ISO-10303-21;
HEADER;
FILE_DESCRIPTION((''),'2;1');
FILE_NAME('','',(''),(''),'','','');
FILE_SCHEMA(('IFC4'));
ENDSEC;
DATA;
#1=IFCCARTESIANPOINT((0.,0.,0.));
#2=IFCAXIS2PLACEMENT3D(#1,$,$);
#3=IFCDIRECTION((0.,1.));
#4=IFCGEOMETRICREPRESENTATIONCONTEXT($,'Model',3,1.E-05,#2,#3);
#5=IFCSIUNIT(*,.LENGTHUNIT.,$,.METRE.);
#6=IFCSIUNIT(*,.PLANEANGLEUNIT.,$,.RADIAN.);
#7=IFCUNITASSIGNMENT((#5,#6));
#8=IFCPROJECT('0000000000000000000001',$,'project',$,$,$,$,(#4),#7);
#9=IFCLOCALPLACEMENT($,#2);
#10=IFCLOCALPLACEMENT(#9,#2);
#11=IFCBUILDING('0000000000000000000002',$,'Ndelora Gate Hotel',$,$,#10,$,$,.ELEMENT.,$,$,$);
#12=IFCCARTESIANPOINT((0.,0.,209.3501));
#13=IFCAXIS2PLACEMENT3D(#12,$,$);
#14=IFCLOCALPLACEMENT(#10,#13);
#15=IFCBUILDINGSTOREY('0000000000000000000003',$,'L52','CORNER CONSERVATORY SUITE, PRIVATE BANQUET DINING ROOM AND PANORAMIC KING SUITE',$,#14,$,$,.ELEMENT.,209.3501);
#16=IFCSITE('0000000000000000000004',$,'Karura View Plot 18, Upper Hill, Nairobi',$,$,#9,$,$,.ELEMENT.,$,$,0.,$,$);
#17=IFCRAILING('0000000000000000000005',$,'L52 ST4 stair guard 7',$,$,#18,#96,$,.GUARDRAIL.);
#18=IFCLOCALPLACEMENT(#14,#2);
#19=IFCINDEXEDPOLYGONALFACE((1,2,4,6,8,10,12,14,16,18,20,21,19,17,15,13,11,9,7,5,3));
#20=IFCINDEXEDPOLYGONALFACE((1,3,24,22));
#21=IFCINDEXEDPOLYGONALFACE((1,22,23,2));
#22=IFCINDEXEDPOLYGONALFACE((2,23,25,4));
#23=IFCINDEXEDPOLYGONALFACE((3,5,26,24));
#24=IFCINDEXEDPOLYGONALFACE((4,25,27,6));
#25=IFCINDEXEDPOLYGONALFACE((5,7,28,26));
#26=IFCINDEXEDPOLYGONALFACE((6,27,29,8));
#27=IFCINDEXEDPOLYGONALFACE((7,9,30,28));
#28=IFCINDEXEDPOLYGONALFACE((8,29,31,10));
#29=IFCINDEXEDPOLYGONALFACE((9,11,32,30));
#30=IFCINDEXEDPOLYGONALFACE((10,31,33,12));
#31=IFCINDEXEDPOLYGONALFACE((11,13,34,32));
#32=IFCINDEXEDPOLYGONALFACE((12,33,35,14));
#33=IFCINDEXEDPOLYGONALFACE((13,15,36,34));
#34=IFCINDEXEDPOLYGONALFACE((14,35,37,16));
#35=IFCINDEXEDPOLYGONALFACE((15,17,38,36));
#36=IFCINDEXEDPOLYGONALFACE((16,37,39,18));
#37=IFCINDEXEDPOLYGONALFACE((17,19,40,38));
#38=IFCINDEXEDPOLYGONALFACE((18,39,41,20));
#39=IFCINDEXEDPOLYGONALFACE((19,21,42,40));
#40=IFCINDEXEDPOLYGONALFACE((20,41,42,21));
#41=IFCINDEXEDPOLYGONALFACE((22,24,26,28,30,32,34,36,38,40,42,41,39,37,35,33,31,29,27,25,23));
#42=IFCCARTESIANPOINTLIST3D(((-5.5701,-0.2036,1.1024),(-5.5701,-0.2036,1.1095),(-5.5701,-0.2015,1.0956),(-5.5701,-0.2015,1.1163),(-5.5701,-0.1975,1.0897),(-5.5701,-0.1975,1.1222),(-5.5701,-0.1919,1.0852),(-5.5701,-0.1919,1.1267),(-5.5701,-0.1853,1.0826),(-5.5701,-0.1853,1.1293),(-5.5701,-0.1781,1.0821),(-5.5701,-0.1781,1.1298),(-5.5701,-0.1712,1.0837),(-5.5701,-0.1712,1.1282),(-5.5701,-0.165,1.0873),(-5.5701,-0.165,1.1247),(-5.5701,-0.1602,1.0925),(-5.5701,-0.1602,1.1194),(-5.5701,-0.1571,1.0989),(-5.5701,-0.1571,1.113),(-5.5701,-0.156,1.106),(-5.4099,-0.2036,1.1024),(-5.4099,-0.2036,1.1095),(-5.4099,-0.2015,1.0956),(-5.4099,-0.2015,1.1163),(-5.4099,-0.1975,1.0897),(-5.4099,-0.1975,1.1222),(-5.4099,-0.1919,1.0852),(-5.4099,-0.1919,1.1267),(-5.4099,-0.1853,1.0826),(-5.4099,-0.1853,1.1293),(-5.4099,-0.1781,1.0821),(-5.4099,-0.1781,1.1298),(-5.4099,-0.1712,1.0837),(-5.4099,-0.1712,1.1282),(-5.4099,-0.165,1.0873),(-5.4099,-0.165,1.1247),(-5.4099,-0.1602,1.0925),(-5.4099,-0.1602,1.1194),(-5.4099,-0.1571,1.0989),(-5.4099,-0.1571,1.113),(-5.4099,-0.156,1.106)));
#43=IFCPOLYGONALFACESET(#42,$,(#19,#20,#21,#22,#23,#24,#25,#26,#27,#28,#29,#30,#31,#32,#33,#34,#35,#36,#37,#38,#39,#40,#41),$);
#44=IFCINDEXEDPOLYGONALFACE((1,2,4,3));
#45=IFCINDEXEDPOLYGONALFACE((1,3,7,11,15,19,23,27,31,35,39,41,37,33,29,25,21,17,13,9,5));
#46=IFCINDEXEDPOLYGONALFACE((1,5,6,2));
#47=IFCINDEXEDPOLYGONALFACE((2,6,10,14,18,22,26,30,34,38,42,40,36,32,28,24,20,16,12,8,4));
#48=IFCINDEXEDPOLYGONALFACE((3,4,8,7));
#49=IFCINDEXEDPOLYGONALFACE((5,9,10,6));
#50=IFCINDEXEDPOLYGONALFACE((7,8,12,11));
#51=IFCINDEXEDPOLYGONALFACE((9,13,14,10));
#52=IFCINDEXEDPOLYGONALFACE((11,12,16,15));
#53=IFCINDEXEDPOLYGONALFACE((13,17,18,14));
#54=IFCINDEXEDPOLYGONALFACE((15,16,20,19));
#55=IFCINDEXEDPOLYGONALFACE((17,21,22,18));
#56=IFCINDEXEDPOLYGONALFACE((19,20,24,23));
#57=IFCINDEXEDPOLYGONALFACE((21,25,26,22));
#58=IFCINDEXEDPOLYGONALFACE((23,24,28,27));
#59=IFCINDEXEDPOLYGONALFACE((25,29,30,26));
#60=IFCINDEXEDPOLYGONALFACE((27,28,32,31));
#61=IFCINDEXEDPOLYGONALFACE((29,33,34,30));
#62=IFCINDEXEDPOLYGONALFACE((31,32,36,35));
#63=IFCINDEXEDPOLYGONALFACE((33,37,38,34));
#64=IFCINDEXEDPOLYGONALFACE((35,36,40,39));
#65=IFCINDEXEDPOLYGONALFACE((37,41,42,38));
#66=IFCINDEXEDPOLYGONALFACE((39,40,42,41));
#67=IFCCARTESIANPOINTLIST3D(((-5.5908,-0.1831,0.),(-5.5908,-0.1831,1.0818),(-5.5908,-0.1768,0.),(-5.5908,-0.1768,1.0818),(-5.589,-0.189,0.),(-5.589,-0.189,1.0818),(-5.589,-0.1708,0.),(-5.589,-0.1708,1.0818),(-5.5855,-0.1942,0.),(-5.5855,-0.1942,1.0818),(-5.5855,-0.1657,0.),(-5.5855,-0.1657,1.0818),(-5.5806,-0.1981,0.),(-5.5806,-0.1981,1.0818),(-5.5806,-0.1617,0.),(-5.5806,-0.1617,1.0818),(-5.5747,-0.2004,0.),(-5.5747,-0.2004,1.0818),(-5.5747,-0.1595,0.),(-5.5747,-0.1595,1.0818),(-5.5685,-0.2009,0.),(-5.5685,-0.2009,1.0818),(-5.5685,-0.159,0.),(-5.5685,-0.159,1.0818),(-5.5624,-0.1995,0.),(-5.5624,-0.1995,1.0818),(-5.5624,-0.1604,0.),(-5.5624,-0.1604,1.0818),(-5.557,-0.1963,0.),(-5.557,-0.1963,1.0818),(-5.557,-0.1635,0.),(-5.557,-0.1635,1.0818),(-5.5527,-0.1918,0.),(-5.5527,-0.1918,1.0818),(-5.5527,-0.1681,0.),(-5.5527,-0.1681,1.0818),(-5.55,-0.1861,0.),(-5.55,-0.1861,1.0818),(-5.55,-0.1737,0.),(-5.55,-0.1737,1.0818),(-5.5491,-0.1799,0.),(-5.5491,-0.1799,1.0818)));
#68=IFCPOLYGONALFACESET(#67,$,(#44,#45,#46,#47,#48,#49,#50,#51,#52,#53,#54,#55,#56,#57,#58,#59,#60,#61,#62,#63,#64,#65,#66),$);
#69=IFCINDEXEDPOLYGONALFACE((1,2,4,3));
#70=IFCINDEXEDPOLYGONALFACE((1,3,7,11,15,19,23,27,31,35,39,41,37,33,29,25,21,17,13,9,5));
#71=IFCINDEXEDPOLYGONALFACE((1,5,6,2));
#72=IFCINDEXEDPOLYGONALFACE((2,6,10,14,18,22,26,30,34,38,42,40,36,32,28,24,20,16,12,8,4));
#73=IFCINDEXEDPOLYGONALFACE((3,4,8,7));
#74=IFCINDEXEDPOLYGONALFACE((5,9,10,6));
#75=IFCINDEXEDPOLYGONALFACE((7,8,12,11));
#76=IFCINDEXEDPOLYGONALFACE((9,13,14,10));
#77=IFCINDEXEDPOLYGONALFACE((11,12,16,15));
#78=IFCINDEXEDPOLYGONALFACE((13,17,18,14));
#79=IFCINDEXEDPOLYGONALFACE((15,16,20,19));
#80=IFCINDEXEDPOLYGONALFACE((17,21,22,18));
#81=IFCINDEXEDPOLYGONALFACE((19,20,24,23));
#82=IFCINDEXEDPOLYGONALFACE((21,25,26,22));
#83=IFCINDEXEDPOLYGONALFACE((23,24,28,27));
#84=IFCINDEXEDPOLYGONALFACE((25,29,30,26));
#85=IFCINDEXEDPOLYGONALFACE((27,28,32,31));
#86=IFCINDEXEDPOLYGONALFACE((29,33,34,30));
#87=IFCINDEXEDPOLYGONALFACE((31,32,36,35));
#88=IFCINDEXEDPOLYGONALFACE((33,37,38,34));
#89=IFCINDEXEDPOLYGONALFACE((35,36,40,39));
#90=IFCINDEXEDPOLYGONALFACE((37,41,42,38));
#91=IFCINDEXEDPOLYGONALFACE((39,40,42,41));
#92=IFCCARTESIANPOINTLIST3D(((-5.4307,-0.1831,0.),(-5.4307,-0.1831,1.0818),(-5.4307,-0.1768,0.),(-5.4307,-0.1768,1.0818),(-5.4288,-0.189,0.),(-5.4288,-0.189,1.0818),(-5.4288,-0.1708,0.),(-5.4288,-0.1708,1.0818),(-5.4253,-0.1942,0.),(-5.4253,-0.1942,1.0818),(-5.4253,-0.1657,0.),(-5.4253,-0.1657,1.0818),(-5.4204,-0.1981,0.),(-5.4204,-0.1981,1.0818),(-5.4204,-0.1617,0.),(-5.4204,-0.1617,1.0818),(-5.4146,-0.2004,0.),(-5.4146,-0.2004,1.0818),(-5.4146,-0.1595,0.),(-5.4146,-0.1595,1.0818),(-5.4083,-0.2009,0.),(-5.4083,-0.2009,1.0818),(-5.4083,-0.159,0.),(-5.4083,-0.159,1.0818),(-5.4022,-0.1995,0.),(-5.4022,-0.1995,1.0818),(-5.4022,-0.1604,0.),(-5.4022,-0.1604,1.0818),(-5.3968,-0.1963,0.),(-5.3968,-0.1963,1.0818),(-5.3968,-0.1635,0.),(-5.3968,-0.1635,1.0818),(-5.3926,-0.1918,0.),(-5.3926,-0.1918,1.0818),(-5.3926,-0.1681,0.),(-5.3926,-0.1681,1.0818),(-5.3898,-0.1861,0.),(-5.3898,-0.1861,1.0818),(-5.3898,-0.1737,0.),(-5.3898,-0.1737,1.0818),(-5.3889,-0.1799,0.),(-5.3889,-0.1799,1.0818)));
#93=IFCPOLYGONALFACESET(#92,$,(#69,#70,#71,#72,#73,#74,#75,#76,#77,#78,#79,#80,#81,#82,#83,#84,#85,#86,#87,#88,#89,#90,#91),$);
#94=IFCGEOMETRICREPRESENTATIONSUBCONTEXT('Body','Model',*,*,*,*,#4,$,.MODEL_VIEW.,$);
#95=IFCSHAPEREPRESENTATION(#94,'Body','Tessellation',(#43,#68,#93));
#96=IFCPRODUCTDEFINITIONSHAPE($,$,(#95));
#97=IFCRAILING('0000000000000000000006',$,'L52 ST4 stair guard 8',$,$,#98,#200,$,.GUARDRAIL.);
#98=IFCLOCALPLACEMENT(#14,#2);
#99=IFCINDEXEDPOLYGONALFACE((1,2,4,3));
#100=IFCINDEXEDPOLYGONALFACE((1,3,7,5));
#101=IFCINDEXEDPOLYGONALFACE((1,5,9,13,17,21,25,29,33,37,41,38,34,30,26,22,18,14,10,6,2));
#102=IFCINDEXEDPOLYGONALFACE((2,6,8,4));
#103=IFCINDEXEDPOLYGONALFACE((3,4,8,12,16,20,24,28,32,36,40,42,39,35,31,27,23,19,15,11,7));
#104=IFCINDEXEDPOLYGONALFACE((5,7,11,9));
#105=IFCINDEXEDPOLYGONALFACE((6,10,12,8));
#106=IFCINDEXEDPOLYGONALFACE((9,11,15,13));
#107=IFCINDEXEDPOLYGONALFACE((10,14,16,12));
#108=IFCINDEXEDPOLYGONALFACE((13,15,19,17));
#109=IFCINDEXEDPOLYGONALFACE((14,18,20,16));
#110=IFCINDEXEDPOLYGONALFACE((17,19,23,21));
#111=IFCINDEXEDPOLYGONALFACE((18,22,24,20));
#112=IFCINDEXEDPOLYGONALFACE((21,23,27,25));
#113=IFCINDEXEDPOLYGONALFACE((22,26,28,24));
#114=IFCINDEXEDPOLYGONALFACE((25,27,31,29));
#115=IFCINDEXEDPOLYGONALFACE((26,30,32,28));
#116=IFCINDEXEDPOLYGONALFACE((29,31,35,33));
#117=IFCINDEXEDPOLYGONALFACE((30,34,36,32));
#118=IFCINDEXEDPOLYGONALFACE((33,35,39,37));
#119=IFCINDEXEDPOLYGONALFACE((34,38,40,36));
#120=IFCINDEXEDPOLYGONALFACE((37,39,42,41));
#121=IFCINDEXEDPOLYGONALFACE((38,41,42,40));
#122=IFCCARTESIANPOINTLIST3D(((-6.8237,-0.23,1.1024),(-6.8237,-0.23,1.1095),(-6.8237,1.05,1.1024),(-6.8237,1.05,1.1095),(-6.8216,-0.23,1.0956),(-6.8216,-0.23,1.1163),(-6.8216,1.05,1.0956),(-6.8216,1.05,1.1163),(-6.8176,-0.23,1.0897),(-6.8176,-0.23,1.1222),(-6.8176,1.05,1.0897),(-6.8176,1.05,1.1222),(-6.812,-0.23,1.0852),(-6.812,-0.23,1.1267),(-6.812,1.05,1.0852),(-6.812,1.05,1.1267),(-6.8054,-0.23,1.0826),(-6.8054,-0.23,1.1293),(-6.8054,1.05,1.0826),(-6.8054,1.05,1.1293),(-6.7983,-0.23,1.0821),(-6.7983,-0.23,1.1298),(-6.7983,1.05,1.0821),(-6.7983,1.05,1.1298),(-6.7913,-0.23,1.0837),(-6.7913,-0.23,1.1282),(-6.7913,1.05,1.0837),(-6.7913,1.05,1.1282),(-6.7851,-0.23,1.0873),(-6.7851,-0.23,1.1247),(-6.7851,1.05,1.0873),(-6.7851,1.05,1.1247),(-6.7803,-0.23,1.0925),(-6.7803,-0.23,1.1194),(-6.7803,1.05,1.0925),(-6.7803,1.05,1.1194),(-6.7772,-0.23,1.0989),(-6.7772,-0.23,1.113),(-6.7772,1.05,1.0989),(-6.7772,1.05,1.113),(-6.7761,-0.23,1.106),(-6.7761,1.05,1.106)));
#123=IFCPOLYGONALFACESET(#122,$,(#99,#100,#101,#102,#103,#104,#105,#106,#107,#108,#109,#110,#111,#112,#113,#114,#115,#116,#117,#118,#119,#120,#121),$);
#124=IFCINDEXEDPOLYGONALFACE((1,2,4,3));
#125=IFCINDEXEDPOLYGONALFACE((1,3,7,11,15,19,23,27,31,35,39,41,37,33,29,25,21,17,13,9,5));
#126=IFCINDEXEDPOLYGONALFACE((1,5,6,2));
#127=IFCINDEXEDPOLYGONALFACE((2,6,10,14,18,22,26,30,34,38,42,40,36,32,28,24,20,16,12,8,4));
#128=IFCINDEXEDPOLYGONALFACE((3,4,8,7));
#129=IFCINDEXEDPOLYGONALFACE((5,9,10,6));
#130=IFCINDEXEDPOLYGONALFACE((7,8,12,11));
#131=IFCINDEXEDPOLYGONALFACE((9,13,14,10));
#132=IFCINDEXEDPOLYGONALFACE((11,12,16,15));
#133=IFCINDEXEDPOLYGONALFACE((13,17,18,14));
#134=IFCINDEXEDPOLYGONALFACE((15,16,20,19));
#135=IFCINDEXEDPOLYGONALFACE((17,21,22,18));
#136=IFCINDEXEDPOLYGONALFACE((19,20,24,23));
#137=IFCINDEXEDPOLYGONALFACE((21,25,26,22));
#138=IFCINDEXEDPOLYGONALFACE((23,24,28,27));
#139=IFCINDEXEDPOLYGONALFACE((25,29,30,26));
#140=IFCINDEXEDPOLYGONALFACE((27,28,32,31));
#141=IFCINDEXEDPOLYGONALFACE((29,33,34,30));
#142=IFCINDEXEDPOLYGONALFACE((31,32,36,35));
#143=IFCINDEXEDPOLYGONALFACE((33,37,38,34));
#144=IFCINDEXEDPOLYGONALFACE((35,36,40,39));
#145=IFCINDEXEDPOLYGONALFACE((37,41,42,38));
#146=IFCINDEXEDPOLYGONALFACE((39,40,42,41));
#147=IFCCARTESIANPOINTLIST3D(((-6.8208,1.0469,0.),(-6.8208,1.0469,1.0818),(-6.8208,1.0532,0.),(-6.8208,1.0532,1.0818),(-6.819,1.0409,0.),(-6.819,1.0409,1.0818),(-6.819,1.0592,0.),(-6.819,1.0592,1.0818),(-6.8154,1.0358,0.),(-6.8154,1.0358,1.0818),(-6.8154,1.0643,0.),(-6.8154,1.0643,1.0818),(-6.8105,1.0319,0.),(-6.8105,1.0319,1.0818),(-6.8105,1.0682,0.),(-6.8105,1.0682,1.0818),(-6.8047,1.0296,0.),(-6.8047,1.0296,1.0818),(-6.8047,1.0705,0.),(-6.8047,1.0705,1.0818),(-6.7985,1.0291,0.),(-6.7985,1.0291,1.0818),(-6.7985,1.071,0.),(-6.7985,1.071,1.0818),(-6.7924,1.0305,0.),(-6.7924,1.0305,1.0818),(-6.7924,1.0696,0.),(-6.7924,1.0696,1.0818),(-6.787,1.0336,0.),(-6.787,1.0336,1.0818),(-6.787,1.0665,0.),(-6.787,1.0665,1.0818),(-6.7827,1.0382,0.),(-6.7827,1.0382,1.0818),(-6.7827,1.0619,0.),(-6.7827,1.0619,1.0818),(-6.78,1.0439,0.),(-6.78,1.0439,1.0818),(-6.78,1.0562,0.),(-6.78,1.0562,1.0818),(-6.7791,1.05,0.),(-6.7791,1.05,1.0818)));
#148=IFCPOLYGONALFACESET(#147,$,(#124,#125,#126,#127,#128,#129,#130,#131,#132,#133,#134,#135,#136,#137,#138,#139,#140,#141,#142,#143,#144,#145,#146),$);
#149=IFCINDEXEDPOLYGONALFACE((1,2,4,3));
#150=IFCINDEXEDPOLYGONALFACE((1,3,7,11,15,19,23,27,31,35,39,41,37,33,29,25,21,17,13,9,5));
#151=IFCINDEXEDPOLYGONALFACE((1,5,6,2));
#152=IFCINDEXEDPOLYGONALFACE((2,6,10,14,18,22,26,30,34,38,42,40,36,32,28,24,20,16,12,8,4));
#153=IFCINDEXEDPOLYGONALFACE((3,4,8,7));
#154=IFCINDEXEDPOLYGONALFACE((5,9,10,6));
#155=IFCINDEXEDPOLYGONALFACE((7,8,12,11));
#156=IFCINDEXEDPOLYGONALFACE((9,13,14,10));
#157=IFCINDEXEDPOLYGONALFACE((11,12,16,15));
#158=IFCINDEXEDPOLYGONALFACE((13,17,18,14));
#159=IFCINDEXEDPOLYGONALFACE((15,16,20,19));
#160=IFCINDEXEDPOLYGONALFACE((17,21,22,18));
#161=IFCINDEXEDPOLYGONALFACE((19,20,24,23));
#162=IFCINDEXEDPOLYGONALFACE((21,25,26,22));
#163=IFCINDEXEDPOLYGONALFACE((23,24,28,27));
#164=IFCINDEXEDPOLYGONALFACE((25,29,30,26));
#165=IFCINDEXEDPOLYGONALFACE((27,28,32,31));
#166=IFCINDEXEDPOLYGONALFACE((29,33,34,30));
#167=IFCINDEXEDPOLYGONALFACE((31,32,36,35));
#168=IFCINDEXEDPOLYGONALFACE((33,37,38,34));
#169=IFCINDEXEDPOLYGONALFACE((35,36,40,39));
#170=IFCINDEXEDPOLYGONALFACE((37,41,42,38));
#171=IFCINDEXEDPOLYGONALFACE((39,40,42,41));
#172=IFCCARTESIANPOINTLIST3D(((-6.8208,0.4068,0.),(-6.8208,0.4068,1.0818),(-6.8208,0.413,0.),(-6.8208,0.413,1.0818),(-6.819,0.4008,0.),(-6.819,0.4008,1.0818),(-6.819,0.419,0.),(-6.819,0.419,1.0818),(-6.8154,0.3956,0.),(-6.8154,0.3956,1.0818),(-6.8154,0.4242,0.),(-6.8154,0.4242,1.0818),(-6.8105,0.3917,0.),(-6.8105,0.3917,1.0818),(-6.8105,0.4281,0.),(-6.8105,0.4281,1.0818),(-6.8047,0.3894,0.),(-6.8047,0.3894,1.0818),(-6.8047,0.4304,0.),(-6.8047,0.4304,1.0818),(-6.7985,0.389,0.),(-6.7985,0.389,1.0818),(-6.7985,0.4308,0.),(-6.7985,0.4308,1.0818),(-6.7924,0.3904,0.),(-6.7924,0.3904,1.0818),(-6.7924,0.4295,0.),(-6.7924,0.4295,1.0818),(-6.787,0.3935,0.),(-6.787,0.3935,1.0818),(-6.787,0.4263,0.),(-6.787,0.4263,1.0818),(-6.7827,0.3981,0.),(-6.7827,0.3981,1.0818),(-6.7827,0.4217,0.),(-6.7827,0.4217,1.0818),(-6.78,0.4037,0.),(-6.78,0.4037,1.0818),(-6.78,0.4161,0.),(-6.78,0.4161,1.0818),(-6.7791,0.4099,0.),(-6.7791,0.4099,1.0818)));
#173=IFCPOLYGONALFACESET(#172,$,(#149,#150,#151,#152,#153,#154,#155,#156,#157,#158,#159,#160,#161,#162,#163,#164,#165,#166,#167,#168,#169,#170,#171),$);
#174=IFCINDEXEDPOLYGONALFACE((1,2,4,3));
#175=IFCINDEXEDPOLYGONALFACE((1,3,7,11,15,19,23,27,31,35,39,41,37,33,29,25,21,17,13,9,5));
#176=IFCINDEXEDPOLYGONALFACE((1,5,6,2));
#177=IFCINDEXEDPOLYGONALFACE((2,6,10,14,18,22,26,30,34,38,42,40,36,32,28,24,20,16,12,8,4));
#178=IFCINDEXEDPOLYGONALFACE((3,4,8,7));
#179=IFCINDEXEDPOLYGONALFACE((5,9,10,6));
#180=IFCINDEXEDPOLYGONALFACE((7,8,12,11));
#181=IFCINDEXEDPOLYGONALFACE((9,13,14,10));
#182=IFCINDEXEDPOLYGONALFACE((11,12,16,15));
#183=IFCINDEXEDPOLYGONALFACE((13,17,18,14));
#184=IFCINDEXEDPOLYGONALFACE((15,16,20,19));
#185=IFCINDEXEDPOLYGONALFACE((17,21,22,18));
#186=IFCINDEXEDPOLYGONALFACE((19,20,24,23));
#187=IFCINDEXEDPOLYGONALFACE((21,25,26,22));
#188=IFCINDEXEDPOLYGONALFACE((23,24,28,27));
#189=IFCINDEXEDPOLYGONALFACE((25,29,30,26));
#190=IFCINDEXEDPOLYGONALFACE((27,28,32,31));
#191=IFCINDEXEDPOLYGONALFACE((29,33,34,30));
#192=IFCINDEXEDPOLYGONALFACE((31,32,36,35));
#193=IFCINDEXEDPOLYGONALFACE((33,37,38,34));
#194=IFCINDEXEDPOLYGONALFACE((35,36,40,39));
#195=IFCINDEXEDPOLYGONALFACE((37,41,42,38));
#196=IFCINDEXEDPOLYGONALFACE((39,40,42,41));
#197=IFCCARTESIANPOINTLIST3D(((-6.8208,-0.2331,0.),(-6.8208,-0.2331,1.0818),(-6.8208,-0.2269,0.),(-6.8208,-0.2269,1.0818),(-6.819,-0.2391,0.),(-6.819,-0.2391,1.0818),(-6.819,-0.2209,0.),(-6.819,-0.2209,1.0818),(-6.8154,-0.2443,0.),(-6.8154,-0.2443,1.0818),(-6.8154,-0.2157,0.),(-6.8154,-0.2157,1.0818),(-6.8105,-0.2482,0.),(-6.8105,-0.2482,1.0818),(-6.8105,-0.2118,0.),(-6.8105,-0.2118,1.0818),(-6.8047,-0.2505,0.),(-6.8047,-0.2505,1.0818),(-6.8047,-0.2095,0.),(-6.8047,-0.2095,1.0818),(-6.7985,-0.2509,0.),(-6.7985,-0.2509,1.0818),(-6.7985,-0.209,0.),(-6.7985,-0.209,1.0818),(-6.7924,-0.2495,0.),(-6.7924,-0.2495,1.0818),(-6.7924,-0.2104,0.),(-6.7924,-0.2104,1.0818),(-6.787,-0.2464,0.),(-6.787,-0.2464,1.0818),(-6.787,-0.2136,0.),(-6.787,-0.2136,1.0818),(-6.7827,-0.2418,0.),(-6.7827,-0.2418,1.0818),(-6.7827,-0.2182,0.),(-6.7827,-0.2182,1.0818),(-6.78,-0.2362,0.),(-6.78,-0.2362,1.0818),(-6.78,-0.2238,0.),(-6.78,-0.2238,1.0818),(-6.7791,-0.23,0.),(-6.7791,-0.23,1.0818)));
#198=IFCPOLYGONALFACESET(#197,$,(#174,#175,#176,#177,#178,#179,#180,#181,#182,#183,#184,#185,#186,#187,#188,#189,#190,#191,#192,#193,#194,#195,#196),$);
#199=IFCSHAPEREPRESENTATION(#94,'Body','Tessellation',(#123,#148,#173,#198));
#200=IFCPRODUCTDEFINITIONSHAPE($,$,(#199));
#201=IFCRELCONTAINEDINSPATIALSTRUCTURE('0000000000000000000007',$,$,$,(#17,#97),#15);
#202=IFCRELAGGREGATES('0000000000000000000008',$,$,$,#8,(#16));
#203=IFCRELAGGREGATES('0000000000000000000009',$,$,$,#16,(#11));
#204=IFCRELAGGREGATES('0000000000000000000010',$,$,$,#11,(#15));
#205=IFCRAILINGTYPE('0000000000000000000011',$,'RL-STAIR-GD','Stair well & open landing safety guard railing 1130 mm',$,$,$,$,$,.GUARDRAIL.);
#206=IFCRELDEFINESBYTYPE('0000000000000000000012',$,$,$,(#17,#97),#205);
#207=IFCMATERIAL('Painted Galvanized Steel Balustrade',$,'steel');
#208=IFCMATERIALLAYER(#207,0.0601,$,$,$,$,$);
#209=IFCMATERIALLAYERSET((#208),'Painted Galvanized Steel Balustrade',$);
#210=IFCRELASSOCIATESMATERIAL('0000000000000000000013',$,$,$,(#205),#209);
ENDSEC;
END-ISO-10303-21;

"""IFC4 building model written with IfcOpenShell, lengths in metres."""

from ifc_helpers import new_model, si_unit, direction, frame, origin, origin_2d, place, context, subcontext, project, spatial, circle, extrude, material, layer, layer_set, type_object, element, save


model = new_model("IFC4")

# Units and contexts
model_context = context("Model", 3, precision=1e-05, world=origin(), true_north=direction((0.0, 1.0)))
body_context = subcontext(model_context, "Body", "Model", "MODEL_VIEW")
ifc_project = project(units=[si_unit("LENGTHUNIT", "METRE"), si_unit("PLANEANGLEUNIT", "RADIAN")], contexts=[model_context])

# Site, building, storey
site_placement = place(None, origin())
site = spatial("IfcSite", under=ifc_project, at=site_placement, Name="Karura View Plot 18, Upper Hill, Nairobi", CompositionType="ELEMENT", RefElevation=0.0)
building_placement = place(site_placement, origin())
building = spatial("IfcBuilding", under=site, at=building_placement, Name="Ndelora Gate Hotel", CompositionType="ELEMENT")
storey_placement = place(building_placement, frame((0.0, 0.0, 209.3501)))
storey = spatial("IfcBuildingStorey", under=building, at=storey_placement, Name="L52", Description="CORNER CONSERVATORY SUITE, PRIVATE BANQUET DINING ROOM AND PANORAMIC KING SUITE", CompositionType="ELEMENT", Elevation=209.3501)

# Railings
ifc_material_1 = material(Name="Painted Galvanized Steel Balustrade", Category="steel")
ifc_layer_1 = layer(ifc_material_1, 0.0601)
ifc_layer_set_1 = layer_set([ifc_layer_1], Name="Painted Galvanized Steel Balustrade")
railing_type = type_object("IfcRailingType", Name="RL-STAIR-GD", Description="Stair well & open landing safety guard railing 1130 mm", PredefinedType="GUARDRAIL", material=ifc_layer_set_1)
railing_1_placement = place(storey_placement, frame((-5.5701, -0.1799, 0.0)))
element("IfcRailing", 1, at=railing_1_placement, inside=storey, type_object=railing_type, Name="L52 ST4 stair guard 7", PredefinedType="GUARDRAIL", context=body_context, shape_type="SweptSolid", body=[
    extrude(circle(Radius=0.0239, at=origin_2d()), frame((0.0, 0.0, 1.106), z_axis=(1.0, 0.0, 0.0), x_axis=(0.0, 1.0, 0.0)), (0.0, 0.0, 1.0), 0.1602),
    extrude(circle(Radius=0.021, at=origin_2d()), origin(), (0.0, 0.0, 1.0), 1.0818),
    extrude(circle(Radius=0.021, at=origin_2d()), frame((0.1602, 0.0, 0.0)), (0.0, 0.0, 1.0), 1.0818),
])
for number, where, name in (
    (2, (-6.8, 1.05, 0.0), "L52 ST4 stair guard 8"),
):
    element("IfcRailing", number, at=place(storey_placement, frame(where)), inside=storey, type_object=railing_type, Name=name, PredefinedType="GUARDRAIL", context=body_context, shape_type="SweptSolid", body=[
        extrude(circle(Radius=0.0239, at=origin_2d()), frame((0.0, 0.0, 1.106), z_axis=(0.0, -1.0, 0.0), x_axis=(1.0, 0.0, 0.0)), (0.0, 0.0, 1.0), 1.28),
        extrude(circle(Radius=0.021, at=origin_2d()), origin(), (0.0, 0.0, 1.0), 1.0818),
        extrude(circle(Radius=0.021, at=origin_2d()), frame((0.0, -0.6401, 0.0)), (0.0, 0.0, 1.0), 1.0818),
        extrude(circle(Radius=0.021, at=origin_2d()), frame((0.0, -1.28, 0.0)), (0.0, 0.0, 1.0), 1.0818),
    ])

save(model, "model.ifc")
